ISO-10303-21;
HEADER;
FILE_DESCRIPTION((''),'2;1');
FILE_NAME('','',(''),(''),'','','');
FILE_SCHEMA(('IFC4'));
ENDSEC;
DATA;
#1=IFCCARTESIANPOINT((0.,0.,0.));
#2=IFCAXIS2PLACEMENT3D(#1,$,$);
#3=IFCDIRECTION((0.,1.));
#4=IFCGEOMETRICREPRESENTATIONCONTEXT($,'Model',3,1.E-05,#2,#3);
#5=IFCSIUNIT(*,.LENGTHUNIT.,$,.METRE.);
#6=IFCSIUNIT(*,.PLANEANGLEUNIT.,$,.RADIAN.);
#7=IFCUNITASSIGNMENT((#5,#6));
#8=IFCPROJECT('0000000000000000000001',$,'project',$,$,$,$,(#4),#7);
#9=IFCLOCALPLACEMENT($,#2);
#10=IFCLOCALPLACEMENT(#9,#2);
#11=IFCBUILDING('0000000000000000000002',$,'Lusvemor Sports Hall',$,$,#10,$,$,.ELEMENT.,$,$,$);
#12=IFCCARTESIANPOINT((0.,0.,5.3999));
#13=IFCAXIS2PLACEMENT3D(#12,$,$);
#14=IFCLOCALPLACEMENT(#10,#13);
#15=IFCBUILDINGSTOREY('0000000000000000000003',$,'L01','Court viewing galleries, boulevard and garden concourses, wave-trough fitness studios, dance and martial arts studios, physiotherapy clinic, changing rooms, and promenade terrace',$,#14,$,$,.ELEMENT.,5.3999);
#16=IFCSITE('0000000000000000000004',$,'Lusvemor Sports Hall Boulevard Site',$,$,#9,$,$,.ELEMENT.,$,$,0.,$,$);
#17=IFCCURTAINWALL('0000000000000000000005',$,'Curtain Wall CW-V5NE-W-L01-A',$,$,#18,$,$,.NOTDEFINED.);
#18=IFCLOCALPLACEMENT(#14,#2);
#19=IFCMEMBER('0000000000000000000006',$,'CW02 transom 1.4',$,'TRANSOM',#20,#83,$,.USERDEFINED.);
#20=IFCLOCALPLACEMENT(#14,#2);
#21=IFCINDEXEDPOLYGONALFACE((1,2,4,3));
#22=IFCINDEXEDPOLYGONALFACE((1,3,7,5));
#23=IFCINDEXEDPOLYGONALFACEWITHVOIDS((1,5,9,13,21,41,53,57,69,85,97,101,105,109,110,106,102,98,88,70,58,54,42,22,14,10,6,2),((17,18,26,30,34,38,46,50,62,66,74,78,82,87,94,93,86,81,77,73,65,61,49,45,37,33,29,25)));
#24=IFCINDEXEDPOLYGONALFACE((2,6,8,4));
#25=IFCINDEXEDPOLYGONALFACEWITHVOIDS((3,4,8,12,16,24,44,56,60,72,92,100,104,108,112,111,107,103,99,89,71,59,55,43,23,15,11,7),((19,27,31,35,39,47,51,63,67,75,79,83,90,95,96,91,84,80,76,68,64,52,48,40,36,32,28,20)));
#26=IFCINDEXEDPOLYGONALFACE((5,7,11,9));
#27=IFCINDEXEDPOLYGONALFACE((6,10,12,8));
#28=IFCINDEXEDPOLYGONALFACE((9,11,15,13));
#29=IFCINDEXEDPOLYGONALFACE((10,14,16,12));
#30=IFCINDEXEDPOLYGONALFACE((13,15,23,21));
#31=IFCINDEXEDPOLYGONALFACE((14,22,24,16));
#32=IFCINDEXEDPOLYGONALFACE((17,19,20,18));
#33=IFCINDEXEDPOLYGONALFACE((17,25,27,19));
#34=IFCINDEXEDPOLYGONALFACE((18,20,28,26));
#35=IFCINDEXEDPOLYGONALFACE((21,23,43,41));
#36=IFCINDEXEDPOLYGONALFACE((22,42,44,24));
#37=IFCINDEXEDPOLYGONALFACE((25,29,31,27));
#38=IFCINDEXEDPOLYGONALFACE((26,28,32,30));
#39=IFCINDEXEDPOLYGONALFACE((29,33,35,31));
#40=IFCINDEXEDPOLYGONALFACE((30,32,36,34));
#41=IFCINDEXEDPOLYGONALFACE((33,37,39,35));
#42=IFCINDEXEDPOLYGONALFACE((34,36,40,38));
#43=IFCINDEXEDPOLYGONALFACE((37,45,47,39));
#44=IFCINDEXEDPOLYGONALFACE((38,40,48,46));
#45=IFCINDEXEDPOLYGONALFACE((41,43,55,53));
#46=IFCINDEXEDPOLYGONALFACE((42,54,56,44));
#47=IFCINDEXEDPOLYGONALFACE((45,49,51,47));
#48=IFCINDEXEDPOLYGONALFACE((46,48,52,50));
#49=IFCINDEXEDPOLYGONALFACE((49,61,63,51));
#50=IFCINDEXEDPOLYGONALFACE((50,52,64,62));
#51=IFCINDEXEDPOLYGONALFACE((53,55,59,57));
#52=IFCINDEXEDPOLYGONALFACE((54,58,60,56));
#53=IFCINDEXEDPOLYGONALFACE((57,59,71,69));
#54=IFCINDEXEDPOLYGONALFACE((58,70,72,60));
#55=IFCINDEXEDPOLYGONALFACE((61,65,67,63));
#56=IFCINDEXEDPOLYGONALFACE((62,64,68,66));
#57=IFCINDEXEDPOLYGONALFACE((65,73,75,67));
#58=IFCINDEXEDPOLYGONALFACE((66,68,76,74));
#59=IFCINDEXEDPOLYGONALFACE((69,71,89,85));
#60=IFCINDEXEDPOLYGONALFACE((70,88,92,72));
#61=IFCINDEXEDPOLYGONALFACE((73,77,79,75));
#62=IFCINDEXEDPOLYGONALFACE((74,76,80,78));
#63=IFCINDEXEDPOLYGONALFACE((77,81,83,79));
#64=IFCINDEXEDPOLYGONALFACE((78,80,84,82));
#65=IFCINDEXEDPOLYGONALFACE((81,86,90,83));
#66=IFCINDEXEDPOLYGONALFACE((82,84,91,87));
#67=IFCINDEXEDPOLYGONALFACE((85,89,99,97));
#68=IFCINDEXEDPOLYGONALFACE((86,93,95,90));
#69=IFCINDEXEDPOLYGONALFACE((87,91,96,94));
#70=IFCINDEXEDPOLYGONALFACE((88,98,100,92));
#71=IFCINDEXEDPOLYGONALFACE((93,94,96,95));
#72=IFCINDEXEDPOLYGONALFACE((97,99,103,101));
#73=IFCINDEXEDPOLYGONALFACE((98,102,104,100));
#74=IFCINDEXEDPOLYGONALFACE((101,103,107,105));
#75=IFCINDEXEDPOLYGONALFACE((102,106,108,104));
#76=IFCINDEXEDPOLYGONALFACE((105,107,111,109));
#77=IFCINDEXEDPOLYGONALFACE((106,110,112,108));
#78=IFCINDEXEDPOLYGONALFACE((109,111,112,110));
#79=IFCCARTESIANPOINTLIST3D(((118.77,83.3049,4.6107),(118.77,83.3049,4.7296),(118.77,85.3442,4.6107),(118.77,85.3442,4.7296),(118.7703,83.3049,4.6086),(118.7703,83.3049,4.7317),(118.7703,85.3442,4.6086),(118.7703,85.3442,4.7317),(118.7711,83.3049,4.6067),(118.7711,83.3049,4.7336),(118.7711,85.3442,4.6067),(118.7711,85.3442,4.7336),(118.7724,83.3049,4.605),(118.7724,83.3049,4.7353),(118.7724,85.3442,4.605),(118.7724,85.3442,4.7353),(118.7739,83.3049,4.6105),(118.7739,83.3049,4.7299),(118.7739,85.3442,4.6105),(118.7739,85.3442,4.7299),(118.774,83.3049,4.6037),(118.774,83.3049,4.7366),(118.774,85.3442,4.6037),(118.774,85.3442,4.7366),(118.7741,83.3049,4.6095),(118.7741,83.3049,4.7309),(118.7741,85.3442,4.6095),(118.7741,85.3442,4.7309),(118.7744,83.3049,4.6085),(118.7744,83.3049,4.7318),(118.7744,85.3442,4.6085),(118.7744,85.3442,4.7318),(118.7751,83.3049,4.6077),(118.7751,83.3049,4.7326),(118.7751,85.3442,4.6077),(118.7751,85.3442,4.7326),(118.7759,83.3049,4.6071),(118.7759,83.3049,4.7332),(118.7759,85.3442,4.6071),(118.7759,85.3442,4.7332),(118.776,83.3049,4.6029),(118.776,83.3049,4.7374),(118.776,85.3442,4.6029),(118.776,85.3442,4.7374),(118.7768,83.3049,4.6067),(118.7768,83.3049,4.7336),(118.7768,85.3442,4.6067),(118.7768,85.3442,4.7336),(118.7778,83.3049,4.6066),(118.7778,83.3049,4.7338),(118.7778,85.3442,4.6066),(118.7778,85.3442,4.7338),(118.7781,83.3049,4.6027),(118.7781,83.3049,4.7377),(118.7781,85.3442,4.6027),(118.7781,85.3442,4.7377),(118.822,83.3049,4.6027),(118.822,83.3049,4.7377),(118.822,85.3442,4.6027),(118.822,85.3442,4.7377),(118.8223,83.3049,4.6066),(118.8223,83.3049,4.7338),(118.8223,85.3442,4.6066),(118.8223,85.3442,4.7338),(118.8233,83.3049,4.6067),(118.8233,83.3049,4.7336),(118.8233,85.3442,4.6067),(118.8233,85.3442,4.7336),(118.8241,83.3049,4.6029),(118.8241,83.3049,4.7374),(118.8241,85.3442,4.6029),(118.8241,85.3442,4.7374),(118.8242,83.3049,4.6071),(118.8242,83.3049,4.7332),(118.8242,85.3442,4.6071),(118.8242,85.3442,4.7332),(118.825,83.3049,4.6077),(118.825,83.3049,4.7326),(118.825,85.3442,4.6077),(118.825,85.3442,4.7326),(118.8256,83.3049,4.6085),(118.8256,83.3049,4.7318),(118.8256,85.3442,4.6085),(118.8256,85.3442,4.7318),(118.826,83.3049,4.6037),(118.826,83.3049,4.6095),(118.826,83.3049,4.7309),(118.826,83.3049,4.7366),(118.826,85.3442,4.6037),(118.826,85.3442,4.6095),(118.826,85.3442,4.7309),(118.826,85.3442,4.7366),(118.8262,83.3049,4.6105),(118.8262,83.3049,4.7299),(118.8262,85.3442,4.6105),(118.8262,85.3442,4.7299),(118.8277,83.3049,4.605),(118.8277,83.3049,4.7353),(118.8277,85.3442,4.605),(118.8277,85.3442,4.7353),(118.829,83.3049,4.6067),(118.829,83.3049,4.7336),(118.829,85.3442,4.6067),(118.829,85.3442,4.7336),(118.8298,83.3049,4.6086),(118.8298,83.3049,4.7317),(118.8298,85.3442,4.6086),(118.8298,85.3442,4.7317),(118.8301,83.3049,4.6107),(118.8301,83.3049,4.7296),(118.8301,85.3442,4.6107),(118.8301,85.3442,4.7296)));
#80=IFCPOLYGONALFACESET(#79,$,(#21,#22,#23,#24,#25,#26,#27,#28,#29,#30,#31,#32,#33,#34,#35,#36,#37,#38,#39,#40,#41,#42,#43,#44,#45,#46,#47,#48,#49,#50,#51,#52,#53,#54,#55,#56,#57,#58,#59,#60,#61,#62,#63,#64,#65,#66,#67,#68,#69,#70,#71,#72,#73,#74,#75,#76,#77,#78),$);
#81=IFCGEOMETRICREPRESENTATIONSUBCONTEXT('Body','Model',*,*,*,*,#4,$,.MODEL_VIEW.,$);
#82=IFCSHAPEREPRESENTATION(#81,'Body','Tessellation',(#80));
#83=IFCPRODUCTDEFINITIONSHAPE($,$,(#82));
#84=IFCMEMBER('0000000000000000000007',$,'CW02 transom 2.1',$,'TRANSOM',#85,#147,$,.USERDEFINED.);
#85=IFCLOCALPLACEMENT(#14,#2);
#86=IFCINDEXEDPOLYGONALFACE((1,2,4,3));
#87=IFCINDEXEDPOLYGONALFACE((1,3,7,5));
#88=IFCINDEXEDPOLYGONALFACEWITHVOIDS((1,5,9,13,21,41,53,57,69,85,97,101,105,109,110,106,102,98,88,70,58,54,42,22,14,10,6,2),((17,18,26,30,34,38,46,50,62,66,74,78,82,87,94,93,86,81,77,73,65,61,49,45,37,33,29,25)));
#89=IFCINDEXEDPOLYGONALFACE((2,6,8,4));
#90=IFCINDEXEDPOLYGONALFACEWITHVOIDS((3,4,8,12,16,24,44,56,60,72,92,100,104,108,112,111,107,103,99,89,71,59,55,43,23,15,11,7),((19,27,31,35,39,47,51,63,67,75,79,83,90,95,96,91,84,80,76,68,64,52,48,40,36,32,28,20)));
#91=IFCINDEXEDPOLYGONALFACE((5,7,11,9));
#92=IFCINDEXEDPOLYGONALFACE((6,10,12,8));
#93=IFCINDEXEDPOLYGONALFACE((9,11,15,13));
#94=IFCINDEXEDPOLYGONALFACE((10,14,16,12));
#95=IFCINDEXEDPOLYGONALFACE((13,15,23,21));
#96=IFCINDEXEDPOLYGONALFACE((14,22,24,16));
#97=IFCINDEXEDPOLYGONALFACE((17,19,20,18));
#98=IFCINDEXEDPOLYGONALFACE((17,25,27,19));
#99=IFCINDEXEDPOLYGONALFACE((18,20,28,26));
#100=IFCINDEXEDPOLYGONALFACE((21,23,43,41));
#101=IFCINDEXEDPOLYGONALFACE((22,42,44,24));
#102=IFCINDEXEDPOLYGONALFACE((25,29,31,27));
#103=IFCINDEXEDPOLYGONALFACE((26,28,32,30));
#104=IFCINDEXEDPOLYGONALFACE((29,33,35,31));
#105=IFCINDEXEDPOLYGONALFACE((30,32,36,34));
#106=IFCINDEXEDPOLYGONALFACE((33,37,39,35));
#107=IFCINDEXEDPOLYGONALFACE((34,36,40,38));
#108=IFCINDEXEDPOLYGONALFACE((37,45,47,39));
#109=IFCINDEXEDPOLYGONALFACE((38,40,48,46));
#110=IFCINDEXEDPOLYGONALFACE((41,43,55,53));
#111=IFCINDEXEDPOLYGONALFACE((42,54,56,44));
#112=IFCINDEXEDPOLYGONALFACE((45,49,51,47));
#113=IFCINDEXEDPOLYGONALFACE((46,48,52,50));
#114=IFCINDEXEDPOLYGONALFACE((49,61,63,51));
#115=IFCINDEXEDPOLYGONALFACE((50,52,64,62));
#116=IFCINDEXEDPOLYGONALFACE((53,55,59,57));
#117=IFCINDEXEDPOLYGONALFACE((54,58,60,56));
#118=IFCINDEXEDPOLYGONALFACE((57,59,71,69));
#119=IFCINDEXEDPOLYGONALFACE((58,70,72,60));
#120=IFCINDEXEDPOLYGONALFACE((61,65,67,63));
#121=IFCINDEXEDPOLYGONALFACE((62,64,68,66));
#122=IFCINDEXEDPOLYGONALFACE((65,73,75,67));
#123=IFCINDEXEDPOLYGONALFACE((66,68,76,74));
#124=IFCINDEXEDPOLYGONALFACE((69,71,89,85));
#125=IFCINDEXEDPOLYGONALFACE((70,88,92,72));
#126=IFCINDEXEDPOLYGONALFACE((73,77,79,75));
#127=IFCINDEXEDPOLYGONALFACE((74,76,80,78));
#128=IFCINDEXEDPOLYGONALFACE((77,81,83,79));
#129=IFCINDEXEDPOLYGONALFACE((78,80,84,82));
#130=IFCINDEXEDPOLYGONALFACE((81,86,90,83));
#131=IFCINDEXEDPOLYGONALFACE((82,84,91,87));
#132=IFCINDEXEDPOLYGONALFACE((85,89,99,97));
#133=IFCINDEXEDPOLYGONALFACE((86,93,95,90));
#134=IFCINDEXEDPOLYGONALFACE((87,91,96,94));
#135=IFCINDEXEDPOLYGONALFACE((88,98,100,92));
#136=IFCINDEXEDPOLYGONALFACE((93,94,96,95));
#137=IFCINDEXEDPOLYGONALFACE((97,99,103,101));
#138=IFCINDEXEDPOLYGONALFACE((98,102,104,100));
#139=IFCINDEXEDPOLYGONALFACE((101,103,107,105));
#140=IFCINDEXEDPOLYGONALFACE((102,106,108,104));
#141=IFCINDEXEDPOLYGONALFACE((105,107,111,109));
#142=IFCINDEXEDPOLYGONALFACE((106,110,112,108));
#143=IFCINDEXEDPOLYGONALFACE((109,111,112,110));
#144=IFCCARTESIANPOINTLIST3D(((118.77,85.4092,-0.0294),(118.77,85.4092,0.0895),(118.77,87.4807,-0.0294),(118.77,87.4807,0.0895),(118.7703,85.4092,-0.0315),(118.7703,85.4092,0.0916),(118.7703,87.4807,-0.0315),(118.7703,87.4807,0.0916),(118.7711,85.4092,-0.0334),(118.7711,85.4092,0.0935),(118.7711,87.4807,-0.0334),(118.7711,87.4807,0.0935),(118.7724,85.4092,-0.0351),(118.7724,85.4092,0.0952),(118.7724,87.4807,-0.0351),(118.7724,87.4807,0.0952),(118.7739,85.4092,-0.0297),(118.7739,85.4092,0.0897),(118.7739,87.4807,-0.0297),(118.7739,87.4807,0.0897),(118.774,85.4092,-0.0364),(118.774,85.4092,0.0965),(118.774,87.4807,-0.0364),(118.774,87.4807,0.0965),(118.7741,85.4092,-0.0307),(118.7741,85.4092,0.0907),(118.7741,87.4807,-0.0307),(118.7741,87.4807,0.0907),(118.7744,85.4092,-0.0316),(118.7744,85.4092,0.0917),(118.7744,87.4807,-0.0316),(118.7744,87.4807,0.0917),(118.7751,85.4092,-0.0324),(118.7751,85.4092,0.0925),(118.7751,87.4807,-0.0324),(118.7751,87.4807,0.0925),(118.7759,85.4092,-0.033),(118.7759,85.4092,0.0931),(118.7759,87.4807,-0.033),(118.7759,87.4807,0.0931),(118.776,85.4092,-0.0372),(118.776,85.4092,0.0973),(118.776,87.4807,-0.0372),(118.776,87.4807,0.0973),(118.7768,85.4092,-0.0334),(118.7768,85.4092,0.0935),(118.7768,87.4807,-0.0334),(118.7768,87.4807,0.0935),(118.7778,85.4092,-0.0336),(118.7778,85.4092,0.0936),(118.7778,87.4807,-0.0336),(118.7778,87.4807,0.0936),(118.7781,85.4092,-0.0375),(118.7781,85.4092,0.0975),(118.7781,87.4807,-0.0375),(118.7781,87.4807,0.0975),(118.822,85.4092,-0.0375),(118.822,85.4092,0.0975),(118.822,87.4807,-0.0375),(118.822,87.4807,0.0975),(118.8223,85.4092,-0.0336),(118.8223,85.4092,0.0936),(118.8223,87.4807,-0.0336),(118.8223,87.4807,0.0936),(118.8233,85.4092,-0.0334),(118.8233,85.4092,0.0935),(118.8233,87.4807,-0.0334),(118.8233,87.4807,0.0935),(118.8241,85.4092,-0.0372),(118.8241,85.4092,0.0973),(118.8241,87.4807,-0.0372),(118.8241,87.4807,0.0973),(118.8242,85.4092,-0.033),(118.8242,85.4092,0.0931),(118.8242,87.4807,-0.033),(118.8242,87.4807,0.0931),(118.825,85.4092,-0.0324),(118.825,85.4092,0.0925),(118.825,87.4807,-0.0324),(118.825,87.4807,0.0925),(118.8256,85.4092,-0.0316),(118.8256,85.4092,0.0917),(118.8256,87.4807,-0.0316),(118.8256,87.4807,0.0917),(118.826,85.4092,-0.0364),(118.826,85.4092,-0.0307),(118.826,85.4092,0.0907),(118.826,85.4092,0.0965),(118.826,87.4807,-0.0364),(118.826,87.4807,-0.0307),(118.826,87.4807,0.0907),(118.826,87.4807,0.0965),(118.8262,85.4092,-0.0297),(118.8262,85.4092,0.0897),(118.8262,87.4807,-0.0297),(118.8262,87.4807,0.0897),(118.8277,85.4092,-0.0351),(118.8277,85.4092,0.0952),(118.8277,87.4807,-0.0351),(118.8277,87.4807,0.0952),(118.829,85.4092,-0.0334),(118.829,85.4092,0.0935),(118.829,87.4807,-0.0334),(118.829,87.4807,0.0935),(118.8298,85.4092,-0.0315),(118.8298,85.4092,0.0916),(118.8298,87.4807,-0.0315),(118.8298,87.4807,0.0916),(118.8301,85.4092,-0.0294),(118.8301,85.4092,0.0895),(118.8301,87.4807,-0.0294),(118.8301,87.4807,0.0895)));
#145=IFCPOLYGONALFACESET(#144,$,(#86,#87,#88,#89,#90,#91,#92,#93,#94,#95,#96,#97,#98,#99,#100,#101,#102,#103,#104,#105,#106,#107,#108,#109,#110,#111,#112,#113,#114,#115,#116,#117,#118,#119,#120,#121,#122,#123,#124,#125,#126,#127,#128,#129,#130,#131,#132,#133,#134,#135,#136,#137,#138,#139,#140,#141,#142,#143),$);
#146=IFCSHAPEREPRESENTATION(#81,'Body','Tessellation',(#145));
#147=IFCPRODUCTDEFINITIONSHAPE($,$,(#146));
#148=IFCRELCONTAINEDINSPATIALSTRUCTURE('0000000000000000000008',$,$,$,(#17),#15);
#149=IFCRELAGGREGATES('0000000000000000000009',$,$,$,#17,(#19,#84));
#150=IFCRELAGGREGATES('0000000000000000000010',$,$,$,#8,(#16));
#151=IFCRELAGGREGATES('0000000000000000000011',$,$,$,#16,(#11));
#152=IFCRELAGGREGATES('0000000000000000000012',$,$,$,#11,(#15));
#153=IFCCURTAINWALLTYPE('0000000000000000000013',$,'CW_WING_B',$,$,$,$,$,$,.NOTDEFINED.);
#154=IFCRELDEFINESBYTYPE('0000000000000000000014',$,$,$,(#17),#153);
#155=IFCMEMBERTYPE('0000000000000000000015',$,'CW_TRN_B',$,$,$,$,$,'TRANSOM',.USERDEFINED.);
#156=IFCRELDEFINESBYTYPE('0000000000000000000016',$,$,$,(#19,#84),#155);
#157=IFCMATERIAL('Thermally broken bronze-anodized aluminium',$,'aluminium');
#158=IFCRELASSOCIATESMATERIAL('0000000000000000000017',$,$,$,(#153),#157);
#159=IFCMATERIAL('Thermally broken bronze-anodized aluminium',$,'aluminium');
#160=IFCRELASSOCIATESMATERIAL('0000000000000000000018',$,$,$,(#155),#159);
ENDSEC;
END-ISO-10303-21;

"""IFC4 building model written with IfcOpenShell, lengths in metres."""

from ifc_helpers import new_model, si_unit, direction, frame, origin, origin_2d, place, context, subcontext, project, spatial, hollow_rectangle, extrude, material, material_profile, profile_set, type_object, element, aggregate, save


model = new_model("IFC4")

# Units and contexts
model_context = context("Model", 3, precision=1e-05, world=origin(), true_north=direction((0.0, 1.0)))
body_context = subcontext(model_context, "Body", "Model", "MODEL_VIEW")
ifc_project = project(units=[si_unit("LENGTHUNIT", "METRE"), si_unit("PLANEANGLEUNIT", "RADIAN")], contexts=[model_context])

# Site, building, storey
site_placement = place(None, origin())
site = spatial("IfcSite", under=ifc_project, at=site_placement, Name="Lusvemor Sports Hall Boulevard Site", CompositionType="ELEMENT", RefElevation=0.0)
building_placement = place(site_placement, origin())
building = spatial("IfcBuilding", under=site, at=building_placement, Name="Lusvemor Sports Hall", CompositionType="ELEMENT")
storey_placement = place(building_placement, frame((0.0, 0.0, 5.3999)))
storey = spatial("IfcBuildingStorey", under=building, at=storey_placement, Name="L01", Description="Court viewing galleries, boulevard and garden concourses, wave-trough fitness studios, dance and martial arts studios, physiotherapy clinic, changing rooms, and promenade terrace", CompositionType="ELEMENT", Elevation=5.3999)

# Curtain wall
ifc_material_1 = material(Name="Thermally broken bronze-anodized aluminium", Category="aluminium")
curtain_wall_type = type_object("IfcCurtainWallType", Name="CW_WING_B", PredefinedType="NOTDEFINED", material=ifc_material_1)
curtain_wall_1_placement = place(storey_placement, origin())
curtain_wall_1 = element("IfcCurtainWall", 1, at=curtain_wall_1_placement, inside=storey, type_object=curtain_wall_type, Name="Curtain Wall CW-V5NE-W-L01-A", PredefinedType="NOTDEFINED")

# Members
ifc_material_2 = material(Name="Thermally broken bronze-anodized aluminium", Category="aluminium")
ifc_material_profile_1 = material_profile(ifc_material_2, hollow_rectangle(XDim=0.0601, YDim=0.135, WallThickness=0.0039, InnerFilletRadius=0.0039, OuterFilletRadius=0.0081, at=origin_2d()), Name="CWTRN135x60x4")
ifc_profile_set_1 = profile_set([ifc_material_profile_1], Name="Thermally broken bronze-anodized aluminium")
member_type_1 = type_object("IfcMemberType", Name="CW_TRN_B", ElementType="TRANSOM", PredefinedType="USERDEFINED", material=ifc_profile_set_1)
member_1_placement = place(storey_placement, frame((118.8, 83.3049, 4.6702), z_axis=(0.0, 1.0, 0.0), x_axis=(-1.0, 0.0, 0.0)))
member_1 = element("IfcMember", 2, at=member_1_placement, type_object=member_type_1, Name="CW02 transom 1.4", ObjectType="TRANSOM", PredefinedType="USERDEFINED", context=body_context, shape_type="SweptSolid", body=[
    extrude(hollow_rectangle(XDim=0.0601, YDim=0.135, WallThickness=0.0039, InnerFilletRadius=0.0039, OuterFilletRadius=0.0081, at=origin_2d()), origin(), (0.0, 0.0, 1.0), 2.0393),
])
member_2_placement = place(storey_placement, frame((118.8, 85.4092, 0.03), z_axis=(0.0, 1.0, 0.0), x_axis=(-1.0, 0.0, 0.0)))
member_2 = element("IfcMember", 3, at=member_2_placement, type_object=member_type_1, Name="CW02 transom 2.1", ObjectType="TRANSOM", PredefinedType="USERDEFINED", context=body_context, shape_type="SweptSolid", body=[
    extrude(hollow_rectangle(XDim=0.0601, YDim=0.135, WallThickness=0.0039, InnerFilletRadius=0.0039, OuterFilletRadius=0.0081, at=origin_2d()), origin(), (0.0, 0.0, 1.0), 2.0715),
])

aggregate(curtain_wall_1, [member_1, member_2])

save(model, "model.ifc")
